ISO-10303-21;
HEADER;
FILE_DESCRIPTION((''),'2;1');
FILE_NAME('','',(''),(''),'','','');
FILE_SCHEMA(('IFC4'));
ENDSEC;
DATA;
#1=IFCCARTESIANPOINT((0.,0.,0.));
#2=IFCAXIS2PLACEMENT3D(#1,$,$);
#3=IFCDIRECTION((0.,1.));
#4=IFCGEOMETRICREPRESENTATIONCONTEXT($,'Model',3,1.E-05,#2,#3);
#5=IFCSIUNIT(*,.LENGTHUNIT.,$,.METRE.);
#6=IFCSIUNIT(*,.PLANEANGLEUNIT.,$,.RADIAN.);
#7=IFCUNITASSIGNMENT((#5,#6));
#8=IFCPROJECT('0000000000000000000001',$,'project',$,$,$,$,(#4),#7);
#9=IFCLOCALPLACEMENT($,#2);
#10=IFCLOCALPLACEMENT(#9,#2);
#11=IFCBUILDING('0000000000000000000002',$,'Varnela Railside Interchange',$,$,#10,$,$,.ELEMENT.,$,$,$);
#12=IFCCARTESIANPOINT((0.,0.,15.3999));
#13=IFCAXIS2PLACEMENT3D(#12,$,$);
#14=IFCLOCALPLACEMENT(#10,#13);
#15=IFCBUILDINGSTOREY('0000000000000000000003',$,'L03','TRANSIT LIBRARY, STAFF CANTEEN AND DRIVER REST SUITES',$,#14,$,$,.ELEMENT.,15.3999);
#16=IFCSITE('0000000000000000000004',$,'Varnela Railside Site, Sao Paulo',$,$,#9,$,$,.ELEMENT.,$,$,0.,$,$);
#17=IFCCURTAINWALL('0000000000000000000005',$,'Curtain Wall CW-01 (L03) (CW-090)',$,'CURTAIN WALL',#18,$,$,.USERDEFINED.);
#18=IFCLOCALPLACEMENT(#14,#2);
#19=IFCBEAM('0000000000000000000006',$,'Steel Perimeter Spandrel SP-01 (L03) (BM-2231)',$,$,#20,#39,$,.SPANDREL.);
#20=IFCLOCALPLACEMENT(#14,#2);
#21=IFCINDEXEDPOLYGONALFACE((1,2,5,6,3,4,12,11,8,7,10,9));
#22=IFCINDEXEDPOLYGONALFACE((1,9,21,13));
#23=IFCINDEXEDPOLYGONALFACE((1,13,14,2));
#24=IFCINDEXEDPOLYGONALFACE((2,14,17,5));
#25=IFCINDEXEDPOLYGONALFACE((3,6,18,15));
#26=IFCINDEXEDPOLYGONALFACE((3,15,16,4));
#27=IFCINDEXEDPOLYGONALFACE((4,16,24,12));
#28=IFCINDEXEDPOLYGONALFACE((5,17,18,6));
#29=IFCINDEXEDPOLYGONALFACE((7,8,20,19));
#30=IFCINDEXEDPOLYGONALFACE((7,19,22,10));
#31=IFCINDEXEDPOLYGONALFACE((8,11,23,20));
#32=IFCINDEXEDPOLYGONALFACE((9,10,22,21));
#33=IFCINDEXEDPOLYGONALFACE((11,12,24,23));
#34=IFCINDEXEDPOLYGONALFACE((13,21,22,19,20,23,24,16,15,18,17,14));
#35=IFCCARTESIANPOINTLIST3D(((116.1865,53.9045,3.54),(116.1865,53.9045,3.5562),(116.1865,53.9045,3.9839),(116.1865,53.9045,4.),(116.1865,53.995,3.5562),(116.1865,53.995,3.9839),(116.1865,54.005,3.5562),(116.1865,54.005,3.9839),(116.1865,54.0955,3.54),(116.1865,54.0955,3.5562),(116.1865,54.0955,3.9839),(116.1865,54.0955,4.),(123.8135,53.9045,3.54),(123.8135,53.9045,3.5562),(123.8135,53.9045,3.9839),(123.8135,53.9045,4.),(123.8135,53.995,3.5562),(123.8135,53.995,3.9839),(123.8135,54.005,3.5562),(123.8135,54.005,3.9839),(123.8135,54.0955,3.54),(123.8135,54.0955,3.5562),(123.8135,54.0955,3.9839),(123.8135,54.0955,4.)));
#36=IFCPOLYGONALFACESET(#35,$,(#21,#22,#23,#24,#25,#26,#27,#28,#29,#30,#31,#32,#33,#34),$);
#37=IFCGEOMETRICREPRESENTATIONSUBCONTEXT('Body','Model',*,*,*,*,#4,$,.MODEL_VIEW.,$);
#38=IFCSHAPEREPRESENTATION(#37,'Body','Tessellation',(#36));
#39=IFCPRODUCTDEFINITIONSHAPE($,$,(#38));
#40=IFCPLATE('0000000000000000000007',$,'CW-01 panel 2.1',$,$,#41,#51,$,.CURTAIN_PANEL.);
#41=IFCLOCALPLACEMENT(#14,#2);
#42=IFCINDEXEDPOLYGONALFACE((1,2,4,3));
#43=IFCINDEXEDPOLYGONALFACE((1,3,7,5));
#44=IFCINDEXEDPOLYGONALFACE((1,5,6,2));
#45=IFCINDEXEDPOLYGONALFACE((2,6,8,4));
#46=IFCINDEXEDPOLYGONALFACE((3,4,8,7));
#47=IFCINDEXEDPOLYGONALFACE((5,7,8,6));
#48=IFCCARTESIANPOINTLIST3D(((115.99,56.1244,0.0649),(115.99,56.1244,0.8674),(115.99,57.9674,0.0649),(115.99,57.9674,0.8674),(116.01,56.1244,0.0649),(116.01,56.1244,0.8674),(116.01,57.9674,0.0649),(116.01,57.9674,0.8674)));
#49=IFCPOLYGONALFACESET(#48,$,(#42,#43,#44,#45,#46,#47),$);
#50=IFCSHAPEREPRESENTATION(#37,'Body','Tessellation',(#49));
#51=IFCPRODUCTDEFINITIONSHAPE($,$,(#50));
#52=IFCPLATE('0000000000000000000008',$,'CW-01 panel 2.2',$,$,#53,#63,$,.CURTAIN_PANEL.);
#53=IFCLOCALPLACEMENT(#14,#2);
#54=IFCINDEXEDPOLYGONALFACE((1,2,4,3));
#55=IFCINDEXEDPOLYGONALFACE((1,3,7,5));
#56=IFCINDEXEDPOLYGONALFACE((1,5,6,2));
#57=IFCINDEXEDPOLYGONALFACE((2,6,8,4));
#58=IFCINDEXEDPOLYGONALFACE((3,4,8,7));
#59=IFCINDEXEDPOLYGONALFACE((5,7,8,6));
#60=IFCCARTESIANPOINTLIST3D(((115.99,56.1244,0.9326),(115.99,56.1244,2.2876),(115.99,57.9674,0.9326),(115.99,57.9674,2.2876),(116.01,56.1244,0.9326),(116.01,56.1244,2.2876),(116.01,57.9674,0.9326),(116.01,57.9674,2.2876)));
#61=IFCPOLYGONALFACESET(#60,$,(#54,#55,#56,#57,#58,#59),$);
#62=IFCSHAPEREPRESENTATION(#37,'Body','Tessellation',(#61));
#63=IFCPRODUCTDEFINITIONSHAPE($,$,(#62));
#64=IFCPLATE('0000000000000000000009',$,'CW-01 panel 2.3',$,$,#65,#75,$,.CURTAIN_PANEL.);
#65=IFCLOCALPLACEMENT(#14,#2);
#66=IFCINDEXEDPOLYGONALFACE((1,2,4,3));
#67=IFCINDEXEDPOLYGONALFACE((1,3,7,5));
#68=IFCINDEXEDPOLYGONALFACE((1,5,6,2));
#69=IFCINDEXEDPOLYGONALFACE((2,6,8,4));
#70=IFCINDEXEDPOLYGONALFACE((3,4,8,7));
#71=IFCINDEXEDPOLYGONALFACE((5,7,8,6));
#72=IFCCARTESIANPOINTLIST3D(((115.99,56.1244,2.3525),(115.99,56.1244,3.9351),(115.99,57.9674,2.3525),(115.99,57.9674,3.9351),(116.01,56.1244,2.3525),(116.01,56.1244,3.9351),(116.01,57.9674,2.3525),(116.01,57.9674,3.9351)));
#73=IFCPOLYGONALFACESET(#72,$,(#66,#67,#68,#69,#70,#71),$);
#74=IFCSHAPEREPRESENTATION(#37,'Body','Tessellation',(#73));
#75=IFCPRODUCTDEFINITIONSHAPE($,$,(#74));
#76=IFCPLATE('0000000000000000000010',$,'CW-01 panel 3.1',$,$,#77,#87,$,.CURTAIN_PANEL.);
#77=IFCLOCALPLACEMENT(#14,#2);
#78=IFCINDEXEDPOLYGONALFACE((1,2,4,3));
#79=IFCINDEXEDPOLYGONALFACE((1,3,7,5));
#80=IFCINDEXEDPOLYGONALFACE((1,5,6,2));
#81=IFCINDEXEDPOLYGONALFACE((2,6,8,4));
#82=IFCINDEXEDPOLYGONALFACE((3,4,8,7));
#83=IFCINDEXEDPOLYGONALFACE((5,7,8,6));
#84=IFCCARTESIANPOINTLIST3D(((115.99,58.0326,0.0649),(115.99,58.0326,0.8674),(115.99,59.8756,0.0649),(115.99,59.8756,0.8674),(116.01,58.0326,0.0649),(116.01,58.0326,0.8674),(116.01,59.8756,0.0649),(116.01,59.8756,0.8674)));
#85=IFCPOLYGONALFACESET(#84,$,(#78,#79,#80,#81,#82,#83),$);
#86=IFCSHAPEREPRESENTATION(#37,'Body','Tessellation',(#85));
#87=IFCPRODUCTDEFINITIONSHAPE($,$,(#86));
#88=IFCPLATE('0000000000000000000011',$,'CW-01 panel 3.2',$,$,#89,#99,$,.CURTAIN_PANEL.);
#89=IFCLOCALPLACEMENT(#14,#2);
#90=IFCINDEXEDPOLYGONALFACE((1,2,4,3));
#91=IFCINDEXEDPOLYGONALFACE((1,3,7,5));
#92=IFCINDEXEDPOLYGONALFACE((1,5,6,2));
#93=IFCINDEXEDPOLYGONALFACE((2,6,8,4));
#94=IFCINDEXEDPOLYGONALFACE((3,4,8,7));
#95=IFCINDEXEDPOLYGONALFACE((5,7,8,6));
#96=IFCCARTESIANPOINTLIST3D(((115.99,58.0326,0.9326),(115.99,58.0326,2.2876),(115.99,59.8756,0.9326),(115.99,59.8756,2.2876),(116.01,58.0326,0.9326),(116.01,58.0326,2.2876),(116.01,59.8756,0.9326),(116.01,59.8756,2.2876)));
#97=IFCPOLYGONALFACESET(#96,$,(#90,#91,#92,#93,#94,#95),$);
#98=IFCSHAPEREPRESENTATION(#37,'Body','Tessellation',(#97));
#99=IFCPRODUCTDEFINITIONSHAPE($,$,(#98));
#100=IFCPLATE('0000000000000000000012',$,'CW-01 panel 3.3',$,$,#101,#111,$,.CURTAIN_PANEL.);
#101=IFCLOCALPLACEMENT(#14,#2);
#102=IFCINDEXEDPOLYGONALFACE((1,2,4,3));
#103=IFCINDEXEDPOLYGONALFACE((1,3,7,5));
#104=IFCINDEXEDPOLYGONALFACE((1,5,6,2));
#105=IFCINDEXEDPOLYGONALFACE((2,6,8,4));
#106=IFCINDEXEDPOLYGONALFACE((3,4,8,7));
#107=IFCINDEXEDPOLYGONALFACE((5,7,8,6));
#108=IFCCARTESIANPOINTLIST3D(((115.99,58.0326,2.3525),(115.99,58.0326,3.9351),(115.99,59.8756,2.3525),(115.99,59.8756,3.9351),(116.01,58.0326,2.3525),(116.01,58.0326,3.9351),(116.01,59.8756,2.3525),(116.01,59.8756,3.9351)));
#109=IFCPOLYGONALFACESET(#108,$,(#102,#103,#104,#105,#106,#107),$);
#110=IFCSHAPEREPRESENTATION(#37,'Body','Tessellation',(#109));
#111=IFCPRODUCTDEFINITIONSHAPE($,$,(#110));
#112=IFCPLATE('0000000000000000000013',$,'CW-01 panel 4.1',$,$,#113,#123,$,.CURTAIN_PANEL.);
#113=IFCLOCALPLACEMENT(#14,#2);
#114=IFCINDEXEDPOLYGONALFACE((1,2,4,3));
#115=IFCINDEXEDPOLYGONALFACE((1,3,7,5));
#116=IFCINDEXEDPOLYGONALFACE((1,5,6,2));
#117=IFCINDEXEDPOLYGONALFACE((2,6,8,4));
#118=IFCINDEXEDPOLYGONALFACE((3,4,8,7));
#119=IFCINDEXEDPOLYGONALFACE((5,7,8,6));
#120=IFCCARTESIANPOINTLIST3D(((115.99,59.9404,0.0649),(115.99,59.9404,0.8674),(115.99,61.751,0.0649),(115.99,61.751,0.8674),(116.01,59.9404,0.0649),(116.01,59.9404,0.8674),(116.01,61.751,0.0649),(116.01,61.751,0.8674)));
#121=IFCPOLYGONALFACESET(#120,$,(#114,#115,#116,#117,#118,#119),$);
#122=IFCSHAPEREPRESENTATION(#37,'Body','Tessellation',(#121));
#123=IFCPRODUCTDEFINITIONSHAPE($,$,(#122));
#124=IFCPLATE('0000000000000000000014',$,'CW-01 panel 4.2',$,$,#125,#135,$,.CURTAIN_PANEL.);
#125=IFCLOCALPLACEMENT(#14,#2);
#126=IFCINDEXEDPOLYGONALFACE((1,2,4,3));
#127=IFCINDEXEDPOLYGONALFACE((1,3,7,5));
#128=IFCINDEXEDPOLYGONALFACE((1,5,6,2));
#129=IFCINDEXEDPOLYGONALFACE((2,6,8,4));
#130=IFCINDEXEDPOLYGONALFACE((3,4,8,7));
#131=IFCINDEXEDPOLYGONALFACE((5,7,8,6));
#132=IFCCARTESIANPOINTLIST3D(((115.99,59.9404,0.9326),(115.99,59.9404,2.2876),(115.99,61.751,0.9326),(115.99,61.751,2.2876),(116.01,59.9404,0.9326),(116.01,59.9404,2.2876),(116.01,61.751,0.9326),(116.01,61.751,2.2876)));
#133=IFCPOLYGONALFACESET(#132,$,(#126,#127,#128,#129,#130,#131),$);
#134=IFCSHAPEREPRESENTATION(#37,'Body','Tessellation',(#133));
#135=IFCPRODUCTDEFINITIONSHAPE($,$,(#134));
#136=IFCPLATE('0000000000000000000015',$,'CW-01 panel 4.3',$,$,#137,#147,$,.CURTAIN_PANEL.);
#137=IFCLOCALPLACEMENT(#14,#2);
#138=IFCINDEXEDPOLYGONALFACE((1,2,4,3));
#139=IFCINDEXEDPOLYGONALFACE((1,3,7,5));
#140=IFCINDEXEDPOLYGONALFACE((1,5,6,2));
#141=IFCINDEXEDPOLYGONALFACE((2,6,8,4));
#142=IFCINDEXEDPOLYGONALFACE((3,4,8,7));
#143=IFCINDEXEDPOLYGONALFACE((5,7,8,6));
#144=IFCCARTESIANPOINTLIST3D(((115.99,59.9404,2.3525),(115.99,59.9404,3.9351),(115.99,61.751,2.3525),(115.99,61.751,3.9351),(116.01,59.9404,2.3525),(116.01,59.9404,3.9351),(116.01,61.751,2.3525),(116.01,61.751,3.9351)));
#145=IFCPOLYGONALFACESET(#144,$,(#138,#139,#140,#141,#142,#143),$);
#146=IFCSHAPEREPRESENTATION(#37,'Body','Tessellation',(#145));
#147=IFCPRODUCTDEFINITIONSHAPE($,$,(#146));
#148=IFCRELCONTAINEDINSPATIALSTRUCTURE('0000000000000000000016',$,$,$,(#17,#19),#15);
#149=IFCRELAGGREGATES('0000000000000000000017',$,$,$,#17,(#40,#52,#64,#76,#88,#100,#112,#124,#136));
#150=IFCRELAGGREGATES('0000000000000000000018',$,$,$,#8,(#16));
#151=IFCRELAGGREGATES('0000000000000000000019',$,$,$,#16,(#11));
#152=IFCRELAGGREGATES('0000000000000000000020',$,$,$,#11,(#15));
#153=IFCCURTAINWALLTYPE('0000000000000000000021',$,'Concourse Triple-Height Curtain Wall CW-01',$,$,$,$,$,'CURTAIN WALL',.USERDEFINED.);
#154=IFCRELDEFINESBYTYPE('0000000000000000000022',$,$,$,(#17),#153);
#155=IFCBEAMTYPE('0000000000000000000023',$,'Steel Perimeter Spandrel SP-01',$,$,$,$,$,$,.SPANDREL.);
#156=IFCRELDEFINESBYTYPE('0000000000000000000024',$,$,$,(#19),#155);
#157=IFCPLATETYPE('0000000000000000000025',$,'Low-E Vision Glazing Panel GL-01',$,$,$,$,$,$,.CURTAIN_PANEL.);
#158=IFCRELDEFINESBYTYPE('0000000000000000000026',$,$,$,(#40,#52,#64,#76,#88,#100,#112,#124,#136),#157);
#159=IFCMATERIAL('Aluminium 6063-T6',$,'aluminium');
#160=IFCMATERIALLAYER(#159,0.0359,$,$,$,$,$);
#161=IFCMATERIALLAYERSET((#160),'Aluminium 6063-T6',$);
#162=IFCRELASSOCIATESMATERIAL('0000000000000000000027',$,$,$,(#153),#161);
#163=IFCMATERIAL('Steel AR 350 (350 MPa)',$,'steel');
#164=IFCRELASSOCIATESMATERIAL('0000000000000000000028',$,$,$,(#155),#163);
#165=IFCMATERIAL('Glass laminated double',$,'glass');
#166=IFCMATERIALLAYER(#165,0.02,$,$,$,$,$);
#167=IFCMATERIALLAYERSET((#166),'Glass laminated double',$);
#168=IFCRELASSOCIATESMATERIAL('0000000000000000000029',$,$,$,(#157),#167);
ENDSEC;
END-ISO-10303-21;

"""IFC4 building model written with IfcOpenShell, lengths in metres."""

from ifc_helpers import new_model, si_unit, direction, frame, origin, origin_2d, place, context, subcontext, project, spatial, rectangle, i_section, extrude, material, layer, layer_set, material_profile, profile_set, type_object, element, aggregate, save


model = new_model("IFC4")

# Units and contexts
model_context = context("Model", 3, precision=1e-05, world=origin(), true_north=direction((0.0, 1.0)))
body_context = subcontext(model_context, "Body", "Model", "MODEL_VIEW")
ifc_project = project(units=[si_unit("LENGTHUNIT", "METRE"), si_unit("PLANEANGLEUNIT", "RADIAN")], contexts=[model_context])

# Site, building, storey
site_placement = place(None, origin())
site = spatial("IfcSite", under=ifc_project, at=site_placement, Name="Varnela Railside Site, Sao Paulo", CompositionType="ELEMENT", RefElevation=0.0)
building_placement = place(site_placement, origin())
building = spatial("IfcBuilding", under=site, at=building_placement, Name="Varnela Railside Interchange", CompositionType="ELEMENT")
storey_placement = place(building_placement, frame((0.0, 0.0, 15.3999)))
storey = spatial("IfcBuildingStorey", under=building, at=storey_placement, Name="L03", Description="TRANSIT LIBRARY, STAFF CANTEEN AND DRIVER REST SUITES", CompositionType="ELEMENT", Elevation=15.3999)

# Curtain wall
ifc_material_1 = material(Name="Aluminium 6063-T6", Category="aluminium")
ifc_layer_1 = layer(ifc_material_1, 0.0359)
ifc_layer_set_1 = layer_set([ifc_layer_1], Name="Aluminium 6063-T6")
curtain_wall_type = type_object("IfcCurtainWallType", Name="Concourse Triple-Height Curtain Wall CW-01", ElementType="CURTAIN WALL", PredefinedType="USERDEFINED", material=ifc_layer_set_1)
curtain_wall_placement = place(storey_placement, origin())
curtain_wall = element("IfcCurtainWall", 1, at=curtain_wall_placement, inside=storey, type_object=curtain_wall_type, Name="Curtain Wall CW-01 (L03) (CW-090)", ObjectType="CURTAIN WALL", PredefinedType="USERDEFINED")

# Beam
ifc_material_2 = material(Name="Steel AR 350 (350 MPa)", Category="steel")
ifc_material_profile_1 = material_profile(ifc_material_2, i_section(OverallWidth=0.1909, OverallDepth=0.46, WebThickness=0.01, FlangeThickness=0.0161, at=origin_2d()), Name="W460x82")
ifc_profile_set_1 = profile_set([ifc_material_profile_1], Name="Steel AR 350 (350 MPa)")
beam_type_1 = type_object("IfcBeamType", Name="Steel Perimeter Spandrel SP-01", PredefinedType="SPANDREL", material=ifc_profile_set_1)
for number, where, z_axis, x_axis, name in (
    (2, (116.1865, 54.0, 3.77), (1.0, 0.0, 0.0), (0.0, 1.0, 0.0), "Steel Perimeter Spandrel SP-01 (L03) (BM-2231)"),
):
    element("IfcBeam", number, at=place(storey_placement, frame(where, z_axis=z_axis, x_axis=x_axis)), inside=storey, type_object=beam_type_1, Name=name, PredefinedType="SPANDREL", context=body_context, shape_type="SweptSolid", body=[
        extrude(i_section(OverallWidth=0.1909, OverallDepth=0.46, WebThickness=0.01, FlangeThickness=0.0161, at=origin_2d()), origin(), (0.0, 0.0, 1.0), 7.627),
    ])

# Plates
ifc_material_3 = material(Name="Glass laminated double", Category="glass")
ifc_layer_2 = layer(ifc_material_3, 0.02)
ifc_layer_set_2 = layer_set([ifc_layer_2], Name="Glass laminated double")
plate_type = type_object("IfcPlateType", Name="Low-E Vision Glazing Panel GL-01", PredefinedType="CURTAIN_PANEL", material=ifc_layer_set_2)
plate_1_placement = place(storey_placement, frame((116.0, 57.0459, 0.0649), z_axis=(0.0, 0.0, 1.0), x_axis=(0.0, 1.0, 0.0)))
plate_1 = element("IfcPlate", 3, at=plate_1_placement, type_object=plate_type, Name="CW-01 panel 2.1", PredefinedType="CURTAIN_PANEL", context=body_context, shape_type="SweptSolid", body=[
    extrude(rectangle(XDim=1.843, YDim=0.02, at=origin_2d()), origin(), (0.0, 0.0, 1.0), 0.8025),
])
plate_2_placement = place(storey_placement, frame((116.0, 57.0459, 0.9326), z_axis=(0.0, 0.0, 1.0), x_axis=(0.0, 1.0, 0.0)))
plate_2 = element("IfcPlate", 4, at=plate_2_placement, type_object=plate_type, Name="CW-01 panel 2.2", PredefinedType="CURTAIN_PANEL", context=body_context, shape_type="SweptSolid", body=[
    extrude(rectangle(XDim=1.843, YDim=0.02, at=origin_2d()), origin(), (0.0, 0.0, 1.0), 1.355),
])
plate_3_placement = place(storey_placement, frame((116.0, 57.0459, 2.3525), z_axis=(0.0, 0.0, 1.0), x_axis=(0.0, 1.0, 0.0)))
plate_3 = element("IfcPlate", 5, at=plate_3_placement, type_object=plate_type, Name="CW-01 panel 2.3", PredefinedType="CURTAIN_PANEL", context=body_context, shape_type="SweptSolid", body=[
    extrude(rectangle(XDim=1.843, YDim=0.02, at=origin_2d()), origin(), (0.0, 0.0, 1.0), 1.5825),
])
plate_4_placement = place(storey_placement, frame((116.0, 58.9541, 0.0649), z_axis=(0.0, 0.0, 1.0), x_axis=(0.0, 1.0, 0.0)))
plate_4 = element("IfcPlate", 6, at=plate_4_placement, type_object=plate_type, Name="CW-01 panel 3.1", PredefinedType="CURTAIN_PANEL", context=body_context, shape_type="SweptSolid", body=[
    extrude(rectangle(XDim=1.843, YDim=0.02, at=origin_2d()), origin(), (0.0, 0.0, 1.0), 0.8025),
])
plate_5_placement = place(storey_placement, frame((116.0, 58.9541, 0.9326), z_axis=(0.0, 0.0, 1.0), x_axis=(0.0, 1.0, 0.0)))
plate_5 = element("IfcPlate", 7, at=plate_5_placement, type_object=plate_type, Name="CW-01 panel 3.2", PredefinedType="CURTAIN_PANEL", context=body_context, shape_type="SweptSolid", body=[
    extrude(rectangle(XDim=1.843, YDim=0.02, at=origin_2d()), origin(), (0.0, 0.0, 1.0), 1.355),
])
plate_6_placement = place(storey_placement, frame((116.0, 58.9541, 2.3525), z_axis=(0.0, 0.0, 1.0), x_axis=(0.0, 1.0, 0.0)))
plate_6 = element("IfcPlate", 8, at=plate_6_placement, type_object=plate_type, Name="CW-01 panel 3.3", PredefinedType="CURTAIN_PANEL", context=body_context, shape_type="SweptSolid", body=[
    extrude(rectangle(XDim=1.843, YDim=0.02, at=origin_2d()), origin(), (0.0, 0.0, 1.0), 1.5825),
])
plate_7_placement = place(storey_placement, frame((116.0, 60.8457, 0.0649), z_axis=(0.0, 0.0, 1.0), x_axis=(0.0, 1.0, 0.0)))
plate_7 = element("IfcPlate", 9, at=plate_7_placement, type_object=plate_type, Name="CW-01 panel 4.1", PredefinedType="CURTAIN_PANEL", context=body_context, shape_type="SweptSolid", body=[
    extrude(rectangle(XDim=1.8105, YDim=0.02, at=origin_2d()), origin(), (0.0, 0.0, 1.0), 0.8025),
])
plate_8_placement = place(storey_placement, frame((116.0, 60.8457, 0.9326), z_axis=(0.0, 0.0, 1.0), x_axis=(0.0, 1.0, 0.0)))
plate_8 = element("IfcPlate", 10, at=plate_8_placement, type_object=plate_type, Name="CW-01 panel 4.2", PredefinedType="CURTAIN_PANEL", context=body_context, shape_type="SweptSolid", body=[
    extrude(rectangle(XDim=1.8105, YDim=0.02, at=origin_2d()), origin(), (0.0, 0.0, 1.0), 1.355),
])
plate_9_placement = place(storey_placement, frame((116.0, 60.8457, 2.3525), z_axis=(0.0, 0.0, 1.0), x_axis=(0.0, 1.0, 0.0)))
plate_9 = element("IfcPlate", 11, at=plate_9_placement, type_object=plate_type, Name="CW-01 panel 4.3", PredefinedType="CURTAIN_PANEL", context=body_context, shape_type="SweptSolid", body=[
    extrude(rectangle(XDim=1.8105, YDim=0.02, at=origin_2d()), origin(), (0.0, 0.0, 1.0), 1.5825),
])
aggregate(curtain_wall, [plate_1, plate_2, plate_3, plate_4, plate_5, plate_6, plate_7, plate_8, plate_9])

save(model, "model.ifc")
